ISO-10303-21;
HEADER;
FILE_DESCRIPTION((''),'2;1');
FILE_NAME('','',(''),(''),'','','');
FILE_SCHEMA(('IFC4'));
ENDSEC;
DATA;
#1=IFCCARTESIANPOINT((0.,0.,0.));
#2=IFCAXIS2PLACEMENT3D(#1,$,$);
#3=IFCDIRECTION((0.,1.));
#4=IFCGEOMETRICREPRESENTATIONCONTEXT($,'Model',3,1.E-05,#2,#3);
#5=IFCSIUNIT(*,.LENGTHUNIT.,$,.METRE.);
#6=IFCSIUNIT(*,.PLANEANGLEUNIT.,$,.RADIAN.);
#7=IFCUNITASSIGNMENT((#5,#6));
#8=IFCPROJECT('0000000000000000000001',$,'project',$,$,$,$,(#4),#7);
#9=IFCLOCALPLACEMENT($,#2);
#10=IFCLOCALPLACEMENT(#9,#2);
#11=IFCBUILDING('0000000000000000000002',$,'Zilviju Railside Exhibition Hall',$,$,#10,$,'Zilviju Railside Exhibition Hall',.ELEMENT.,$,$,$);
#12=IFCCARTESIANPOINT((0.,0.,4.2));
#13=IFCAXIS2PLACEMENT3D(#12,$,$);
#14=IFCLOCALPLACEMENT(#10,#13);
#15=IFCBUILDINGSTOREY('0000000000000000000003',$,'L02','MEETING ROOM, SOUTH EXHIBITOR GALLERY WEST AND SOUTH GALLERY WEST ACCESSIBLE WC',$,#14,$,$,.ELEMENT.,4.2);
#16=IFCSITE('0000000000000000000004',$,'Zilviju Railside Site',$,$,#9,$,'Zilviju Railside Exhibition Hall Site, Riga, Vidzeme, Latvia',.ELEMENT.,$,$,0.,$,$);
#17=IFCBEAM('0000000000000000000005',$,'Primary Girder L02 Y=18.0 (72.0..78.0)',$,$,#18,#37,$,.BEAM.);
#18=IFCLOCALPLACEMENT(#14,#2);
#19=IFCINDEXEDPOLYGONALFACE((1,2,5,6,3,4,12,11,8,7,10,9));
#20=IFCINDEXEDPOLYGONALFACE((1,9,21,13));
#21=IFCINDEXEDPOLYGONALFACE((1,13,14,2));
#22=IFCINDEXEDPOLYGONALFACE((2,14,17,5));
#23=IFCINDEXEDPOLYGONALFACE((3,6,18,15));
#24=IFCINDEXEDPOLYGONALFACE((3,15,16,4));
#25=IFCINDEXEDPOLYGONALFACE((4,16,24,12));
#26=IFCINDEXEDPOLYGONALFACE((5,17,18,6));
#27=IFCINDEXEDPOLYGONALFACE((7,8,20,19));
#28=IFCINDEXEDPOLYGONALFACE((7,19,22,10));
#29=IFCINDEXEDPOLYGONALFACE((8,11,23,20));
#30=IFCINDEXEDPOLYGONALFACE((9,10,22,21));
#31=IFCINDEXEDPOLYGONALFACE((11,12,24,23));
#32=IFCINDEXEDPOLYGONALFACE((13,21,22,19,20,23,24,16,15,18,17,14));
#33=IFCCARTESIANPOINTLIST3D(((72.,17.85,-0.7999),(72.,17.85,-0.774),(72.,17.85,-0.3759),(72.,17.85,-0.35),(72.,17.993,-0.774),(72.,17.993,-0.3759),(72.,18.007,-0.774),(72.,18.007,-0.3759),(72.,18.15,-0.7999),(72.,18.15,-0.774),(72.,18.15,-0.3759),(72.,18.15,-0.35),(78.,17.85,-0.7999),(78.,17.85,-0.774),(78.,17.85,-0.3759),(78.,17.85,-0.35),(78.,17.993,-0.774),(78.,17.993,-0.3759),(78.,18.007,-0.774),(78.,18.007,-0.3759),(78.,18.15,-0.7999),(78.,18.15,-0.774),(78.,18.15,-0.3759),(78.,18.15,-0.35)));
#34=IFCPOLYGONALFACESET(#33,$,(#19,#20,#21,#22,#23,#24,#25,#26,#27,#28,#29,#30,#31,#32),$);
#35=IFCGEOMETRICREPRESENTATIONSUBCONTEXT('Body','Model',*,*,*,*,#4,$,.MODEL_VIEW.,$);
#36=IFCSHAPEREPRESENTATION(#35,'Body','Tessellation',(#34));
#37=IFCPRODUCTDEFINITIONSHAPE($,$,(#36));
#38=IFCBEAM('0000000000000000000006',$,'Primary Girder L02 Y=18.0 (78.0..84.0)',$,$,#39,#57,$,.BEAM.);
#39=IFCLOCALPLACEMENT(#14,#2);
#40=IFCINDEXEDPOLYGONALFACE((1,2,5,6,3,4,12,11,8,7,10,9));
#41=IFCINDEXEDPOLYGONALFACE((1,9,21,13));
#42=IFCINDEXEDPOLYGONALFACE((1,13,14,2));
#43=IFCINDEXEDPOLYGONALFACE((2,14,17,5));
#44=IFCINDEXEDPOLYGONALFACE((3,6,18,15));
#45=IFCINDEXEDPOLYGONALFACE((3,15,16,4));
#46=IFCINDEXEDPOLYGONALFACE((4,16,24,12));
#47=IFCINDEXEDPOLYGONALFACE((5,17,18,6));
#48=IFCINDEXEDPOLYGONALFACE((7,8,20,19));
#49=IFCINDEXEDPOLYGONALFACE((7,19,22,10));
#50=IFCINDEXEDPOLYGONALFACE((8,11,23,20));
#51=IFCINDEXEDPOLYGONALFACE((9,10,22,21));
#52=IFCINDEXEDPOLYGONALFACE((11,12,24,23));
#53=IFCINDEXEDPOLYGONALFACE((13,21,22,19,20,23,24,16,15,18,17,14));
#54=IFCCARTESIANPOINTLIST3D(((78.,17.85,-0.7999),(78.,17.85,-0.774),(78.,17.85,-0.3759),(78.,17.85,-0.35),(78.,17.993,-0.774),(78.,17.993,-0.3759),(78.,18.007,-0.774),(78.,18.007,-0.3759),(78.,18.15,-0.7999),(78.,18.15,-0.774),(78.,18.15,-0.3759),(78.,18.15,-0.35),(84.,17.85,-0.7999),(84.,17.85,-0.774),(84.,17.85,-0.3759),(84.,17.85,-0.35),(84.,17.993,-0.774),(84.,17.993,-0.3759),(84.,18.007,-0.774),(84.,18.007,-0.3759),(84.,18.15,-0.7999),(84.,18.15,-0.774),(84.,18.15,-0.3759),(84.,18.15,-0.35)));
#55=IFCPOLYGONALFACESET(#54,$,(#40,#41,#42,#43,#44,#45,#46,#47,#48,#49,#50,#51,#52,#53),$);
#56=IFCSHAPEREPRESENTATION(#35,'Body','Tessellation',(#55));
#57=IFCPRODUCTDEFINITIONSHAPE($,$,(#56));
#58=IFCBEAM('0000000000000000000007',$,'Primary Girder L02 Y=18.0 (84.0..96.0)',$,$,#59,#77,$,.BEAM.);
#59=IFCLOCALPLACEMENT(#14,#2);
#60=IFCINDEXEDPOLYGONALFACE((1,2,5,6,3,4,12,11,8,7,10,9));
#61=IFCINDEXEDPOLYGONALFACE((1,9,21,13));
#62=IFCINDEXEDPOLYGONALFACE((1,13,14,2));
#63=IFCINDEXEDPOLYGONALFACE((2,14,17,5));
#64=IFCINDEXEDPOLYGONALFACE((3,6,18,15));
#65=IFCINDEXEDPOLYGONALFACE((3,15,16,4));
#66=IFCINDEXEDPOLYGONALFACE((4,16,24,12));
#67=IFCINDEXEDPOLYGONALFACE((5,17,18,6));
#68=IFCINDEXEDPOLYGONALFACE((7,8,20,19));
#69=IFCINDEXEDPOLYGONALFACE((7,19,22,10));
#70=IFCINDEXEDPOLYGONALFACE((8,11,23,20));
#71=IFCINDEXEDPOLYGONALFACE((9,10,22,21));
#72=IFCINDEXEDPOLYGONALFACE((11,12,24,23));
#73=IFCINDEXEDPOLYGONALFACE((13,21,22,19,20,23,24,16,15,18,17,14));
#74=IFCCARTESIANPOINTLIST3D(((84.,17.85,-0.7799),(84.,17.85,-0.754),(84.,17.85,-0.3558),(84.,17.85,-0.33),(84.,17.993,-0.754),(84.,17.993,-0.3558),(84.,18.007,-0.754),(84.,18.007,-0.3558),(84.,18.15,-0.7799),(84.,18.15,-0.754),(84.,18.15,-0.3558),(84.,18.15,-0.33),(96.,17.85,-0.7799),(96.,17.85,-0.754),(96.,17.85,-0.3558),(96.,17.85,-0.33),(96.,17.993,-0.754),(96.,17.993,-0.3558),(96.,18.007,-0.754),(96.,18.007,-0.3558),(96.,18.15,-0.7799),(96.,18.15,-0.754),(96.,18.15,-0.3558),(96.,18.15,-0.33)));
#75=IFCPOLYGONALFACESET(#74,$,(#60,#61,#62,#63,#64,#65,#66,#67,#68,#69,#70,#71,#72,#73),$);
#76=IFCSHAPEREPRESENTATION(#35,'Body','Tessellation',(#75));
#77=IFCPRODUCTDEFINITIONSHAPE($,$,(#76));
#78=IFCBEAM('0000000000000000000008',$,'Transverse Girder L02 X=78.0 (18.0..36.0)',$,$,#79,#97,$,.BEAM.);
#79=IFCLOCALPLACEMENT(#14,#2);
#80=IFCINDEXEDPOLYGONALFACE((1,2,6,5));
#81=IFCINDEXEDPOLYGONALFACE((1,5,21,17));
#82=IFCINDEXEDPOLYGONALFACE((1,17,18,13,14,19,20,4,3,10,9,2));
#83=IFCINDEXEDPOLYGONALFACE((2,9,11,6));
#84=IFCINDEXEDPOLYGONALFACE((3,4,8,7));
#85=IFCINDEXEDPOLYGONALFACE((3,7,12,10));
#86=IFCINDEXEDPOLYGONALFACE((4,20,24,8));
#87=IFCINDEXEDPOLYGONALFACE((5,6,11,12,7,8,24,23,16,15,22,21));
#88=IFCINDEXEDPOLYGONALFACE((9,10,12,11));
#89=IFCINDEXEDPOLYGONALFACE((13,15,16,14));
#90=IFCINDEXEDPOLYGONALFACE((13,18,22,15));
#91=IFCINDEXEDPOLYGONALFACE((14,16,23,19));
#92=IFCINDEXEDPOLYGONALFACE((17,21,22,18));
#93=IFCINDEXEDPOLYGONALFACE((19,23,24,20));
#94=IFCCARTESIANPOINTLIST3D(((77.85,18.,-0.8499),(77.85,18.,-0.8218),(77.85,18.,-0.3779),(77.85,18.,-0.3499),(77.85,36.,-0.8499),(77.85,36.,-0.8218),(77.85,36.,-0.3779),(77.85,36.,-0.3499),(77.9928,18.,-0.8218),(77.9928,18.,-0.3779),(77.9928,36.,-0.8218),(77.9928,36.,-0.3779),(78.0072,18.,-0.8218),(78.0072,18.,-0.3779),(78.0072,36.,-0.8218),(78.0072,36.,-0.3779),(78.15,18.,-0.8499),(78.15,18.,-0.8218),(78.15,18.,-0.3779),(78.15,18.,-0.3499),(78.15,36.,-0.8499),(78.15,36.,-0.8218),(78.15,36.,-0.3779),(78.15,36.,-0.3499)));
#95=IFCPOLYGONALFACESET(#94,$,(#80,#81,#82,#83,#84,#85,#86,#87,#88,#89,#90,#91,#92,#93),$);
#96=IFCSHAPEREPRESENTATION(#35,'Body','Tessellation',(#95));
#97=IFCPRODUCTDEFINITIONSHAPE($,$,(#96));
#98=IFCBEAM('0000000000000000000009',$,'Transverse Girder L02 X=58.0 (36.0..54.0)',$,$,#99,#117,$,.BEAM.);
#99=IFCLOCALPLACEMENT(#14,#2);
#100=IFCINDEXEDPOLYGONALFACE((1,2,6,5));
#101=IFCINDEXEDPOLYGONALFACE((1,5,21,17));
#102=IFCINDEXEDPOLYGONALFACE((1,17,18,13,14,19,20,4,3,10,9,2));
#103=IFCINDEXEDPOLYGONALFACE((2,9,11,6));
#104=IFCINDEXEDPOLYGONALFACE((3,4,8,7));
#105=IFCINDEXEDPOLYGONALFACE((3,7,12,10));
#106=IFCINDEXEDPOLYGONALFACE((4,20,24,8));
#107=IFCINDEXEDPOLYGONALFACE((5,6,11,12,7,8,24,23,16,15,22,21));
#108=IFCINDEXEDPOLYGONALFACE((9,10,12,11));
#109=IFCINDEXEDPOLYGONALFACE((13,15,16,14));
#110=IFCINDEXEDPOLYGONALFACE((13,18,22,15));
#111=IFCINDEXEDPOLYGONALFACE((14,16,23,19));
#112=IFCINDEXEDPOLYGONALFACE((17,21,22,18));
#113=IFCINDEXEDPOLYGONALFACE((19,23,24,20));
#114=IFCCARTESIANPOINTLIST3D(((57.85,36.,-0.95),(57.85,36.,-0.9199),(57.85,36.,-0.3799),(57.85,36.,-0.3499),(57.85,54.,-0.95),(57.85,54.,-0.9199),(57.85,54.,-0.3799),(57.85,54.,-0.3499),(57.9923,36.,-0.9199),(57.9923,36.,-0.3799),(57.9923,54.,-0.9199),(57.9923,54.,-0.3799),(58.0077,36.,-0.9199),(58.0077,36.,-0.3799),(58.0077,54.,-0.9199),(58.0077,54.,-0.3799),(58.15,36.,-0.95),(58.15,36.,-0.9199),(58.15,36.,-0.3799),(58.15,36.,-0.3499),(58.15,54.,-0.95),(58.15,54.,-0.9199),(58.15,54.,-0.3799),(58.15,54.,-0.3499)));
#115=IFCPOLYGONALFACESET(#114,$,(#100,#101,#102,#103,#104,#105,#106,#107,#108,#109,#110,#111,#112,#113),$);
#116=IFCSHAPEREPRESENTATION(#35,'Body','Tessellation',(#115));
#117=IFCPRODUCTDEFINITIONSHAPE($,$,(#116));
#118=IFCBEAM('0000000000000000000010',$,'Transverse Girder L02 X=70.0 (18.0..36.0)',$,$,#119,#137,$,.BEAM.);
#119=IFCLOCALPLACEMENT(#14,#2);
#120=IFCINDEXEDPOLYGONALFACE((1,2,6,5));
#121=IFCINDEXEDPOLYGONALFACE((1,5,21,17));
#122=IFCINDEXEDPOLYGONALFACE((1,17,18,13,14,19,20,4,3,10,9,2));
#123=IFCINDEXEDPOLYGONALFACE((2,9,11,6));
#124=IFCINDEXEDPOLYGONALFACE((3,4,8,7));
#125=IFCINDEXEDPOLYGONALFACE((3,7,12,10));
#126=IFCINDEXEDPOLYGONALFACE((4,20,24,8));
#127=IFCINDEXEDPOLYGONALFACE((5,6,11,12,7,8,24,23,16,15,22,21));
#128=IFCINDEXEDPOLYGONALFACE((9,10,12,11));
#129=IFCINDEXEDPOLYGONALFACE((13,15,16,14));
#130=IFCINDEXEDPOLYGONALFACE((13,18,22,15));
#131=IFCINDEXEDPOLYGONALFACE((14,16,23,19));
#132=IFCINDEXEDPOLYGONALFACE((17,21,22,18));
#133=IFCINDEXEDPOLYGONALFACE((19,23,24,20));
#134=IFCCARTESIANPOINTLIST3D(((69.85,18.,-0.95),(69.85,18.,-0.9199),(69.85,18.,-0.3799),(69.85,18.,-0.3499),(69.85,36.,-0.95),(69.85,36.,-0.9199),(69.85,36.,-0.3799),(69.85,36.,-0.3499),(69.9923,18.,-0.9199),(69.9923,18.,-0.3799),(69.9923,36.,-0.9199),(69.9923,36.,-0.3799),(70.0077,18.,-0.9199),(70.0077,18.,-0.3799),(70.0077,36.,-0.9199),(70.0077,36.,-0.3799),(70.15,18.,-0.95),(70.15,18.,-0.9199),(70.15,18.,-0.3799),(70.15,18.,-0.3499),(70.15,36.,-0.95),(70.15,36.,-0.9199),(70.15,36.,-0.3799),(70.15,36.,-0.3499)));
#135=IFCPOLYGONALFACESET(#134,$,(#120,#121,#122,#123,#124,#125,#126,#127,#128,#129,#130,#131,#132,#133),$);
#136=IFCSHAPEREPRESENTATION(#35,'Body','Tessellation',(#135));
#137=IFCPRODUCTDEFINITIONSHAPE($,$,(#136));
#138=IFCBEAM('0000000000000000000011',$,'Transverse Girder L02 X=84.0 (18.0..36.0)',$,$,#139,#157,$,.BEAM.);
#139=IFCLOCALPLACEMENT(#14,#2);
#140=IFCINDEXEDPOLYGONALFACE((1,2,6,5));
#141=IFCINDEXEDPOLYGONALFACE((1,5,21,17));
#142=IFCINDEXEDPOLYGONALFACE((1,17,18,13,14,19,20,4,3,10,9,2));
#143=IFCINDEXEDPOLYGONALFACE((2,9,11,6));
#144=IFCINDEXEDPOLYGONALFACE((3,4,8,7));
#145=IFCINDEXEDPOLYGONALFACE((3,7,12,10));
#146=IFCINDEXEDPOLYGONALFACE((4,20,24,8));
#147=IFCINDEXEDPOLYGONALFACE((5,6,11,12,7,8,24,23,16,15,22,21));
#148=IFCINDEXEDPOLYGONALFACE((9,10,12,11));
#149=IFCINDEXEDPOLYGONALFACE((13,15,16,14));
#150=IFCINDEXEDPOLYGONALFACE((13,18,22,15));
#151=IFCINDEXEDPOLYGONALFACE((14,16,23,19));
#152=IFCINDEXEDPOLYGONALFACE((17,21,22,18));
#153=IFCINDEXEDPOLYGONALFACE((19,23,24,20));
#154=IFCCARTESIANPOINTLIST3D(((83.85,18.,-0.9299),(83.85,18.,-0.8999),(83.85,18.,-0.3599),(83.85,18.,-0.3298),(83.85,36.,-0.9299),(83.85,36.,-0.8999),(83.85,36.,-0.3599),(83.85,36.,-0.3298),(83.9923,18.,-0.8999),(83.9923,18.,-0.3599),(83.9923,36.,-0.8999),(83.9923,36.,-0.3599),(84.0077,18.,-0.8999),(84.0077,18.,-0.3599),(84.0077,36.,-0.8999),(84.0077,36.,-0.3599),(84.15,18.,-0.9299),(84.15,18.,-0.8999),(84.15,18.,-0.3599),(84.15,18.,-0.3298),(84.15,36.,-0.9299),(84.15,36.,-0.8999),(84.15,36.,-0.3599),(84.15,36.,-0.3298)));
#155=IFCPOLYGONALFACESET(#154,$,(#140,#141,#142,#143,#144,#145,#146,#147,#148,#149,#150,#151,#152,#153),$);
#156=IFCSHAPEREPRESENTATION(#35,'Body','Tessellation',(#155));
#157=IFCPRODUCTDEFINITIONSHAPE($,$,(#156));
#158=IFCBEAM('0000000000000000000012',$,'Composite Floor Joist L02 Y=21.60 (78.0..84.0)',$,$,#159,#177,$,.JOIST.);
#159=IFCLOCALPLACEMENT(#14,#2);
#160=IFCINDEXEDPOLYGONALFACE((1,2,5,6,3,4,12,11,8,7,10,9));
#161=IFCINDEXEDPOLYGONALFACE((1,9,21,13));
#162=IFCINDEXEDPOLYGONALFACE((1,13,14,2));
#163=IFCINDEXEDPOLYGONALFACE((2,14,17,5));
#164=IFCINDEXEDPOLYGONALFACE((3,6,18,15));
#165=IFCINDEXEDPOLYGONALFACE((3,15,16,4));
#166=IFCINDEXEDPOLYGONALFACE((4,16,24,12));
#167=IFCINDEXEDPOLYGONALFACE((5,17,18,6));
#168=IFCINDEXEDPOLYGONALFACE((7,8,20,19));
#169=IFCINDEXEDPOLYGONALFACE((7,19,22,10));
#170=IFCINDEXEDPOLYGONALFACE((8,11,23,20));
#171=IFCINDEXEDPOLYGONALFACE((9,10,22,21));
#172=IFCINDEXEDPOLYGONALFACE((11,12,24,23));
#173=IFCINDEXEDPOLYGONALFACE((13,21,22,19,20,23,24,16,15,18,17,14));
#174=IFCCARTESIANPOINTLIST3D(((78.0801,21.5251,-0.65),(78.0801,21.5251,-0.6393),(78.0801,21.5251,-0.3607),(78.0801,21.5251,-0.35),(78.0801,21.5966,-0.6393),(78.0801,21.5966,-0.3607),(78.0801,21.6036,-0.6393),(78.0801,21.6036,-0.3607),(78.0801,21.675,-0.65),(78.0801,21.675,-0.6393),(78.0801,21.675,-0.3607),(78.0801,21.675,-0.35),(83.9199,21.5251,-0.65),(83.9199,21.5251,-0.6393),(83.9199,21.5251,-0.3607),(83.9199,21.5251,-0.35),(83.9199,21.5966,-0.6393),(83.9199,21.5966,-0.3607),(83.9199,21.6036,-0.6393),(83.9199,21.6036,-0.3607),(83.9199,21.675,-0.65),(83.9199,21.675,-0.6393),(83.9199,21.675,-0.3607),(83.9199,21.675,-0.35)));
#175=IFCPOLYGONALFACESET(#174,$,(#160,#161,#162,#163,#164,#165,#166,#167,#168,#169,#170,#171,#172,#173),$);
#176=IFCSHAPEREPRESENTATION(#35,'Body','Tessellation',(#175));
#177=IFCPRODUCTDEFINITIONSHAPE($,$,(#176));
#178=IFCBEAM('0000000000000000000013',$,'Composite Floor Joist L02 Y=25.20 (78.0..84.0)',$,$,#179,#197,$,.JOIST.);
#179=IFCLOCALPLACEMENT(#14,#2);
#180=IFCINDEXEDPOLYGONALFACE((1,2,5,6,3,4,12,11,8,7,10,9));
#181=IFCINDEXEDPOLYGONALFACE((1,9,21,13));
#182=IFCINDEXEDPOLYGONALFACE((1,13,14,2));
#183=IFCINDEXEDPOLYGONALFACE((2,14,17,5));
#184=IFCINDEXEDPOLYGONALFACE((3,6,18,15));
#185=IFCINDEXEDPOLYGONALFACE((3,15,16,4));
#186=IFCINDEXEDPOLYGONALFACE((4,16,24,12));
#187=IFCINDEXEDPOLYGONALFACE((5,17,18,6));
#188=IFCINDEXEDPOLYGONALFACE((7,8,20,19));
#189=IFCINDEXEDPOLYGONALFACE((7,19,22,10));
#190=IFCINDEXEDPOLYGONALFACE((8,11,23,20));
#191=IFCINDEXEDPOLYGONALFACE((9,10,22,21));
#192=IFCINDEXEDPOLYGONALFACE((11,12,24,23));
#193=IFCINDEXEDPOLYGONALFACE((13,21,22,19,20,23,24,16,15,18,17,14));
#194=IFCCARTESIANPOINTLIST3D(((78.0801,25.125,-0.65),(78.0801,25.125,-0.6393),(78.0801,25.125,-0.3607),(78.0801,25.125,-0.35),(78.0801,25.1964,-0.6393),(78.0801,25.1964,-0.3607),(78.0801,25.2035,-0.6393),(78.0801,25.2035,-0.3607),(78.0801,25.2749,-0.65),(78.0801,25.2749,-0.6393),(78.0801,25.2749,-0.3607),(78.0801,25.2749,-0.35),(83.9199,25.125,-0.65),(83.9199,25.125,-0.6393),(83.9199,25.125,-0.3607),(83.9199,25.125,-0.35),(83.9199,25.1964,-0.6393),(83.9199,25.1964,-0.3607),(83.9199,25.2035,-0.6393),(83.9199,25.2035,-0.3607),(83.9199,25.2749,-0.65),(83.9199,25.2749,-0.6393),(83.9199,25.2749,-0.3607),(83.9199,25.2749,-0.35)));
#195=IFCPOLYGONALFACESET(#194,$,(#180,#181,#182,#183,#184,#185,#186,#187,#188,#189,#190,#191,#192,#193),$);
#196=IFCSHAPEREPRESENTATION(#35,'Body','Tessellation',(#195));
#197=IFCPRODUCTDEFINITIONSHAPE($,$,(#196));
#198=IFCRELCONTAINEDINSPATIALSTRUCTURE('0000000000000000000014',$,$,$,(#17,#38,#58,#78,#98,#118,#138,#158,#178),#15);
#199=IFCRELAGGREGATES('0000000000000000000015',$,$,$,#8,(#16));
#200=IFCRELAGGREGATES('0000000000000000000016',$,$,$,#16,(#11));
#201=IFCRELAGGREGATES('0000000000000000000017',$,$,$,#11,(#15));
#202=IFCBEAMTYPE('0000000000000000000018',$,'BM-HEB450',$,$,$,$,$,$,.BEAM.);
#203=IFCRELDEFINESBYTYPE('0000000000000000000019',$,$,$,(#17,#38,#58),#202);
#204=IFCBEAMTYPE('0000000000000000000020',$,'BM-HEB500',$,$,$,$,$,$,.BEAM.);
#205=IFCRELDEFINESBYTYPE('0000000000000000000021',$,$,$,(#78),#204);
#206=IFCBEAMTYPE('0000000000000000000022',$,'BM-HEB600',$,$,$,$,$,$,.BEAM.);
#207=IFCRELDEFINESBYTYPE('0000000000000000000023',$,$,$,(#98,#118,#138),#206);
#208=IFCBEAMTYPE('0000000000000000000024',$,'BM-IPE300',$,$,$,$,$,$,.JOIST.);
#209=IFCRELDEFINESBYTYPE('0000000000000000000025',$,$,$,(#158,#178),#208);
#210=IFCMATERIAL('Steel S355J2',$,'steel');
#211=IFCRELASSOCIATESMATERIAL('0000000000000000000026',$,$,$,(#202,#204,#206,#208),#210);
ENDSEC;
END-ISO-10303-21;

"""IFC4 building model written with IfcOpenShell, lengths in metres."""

from ifc_helpers import new_model, si_unit, direction, frame, origin, origin_2d, place, context, subcontext, project, spatial, i_section, extrude, material, material_profile, profile_set, type_object, element, save


model = new_model("IFC4")

# Units and contexts
model_context = context("Model", 3, precision=1e-05, world=origin(), true_north=direction((0.0, 1.0)))
body_context = subcontext(model_context, "Body", "Model", "MODEL_VIEW")
ifc_project = project(units=[si_unit("LENGTHUNIT", "METRE"), si_unit("PLANEANGLEUNIT", "RADIAN")], contexts=[model_context])

# Site, building, storey
site_placement = place(None, origin())
site = spatial("IfcSite", under=ifc_project, at=site_placement, Name="Zilviju Railside Site", LongName="Zilviju Railside Exhibition Hall Site, Riga, Vidzeme, Latvia", CompositionType="ELEMENT", RefElevation=0.0)
building_placement = place(site_placement, origin())
building = spatial("IfcBuilding", under=site, at=building_placement, Name="Zilviju Railside Exhibition Hall", LongName="Zilviju Railside Exhibition Hall", CompositionType="ELEMENT")
storey_placement = place(building_placement, frame((0.0, 0.0, 4.2)))
storey = spatial("IfcBuildingStorey", under=building, at=storey_placement, Name="L02", Description="MEETING ROOM, SOUTH EXHIBITOR GALLERY WEST AND SOUTH GALLERY WEST ACCESSIBLE WC", CompositionType="ELEMENT", Elevation=4.2)

# Shared definitions
ifc_material_1 = material(Name="Steel S355J2", Category="steel")

# Beams
ifc_material_profile_1 = material_profile(ifc_material_1, i_section(OverallWidth=0.3, OverallDepth=0.45, WebThickness=0.0139, FlangeThickness=0.0259, at=origin_2d()), Name="HEB 450")
ifc_profile_set_1 = profile_set([ifc_material_profile_1], Name="Steel S355J2")
beam_type_1 = type_object("IfcBeamType", Name="BM-HEB450", PredefinedType="BEAM", material=ifc_profile_set_1)
for number, where, z_axis, x_axis, name in (
    (1, (72.0, 18.0, -0.575), (1.0, 0.0, 0.0), (0.0, 1.0, 0.0), "Primary Girder L02 Y=18.0 (72.0..78.0)"),
    (2, (78.0, 18.0, -0.575), (1.0, 0.0, 0.0), (0.0, 1.0, 0.0), "Primary Girder L02 Y=18.0 (78.0..84.0)"),
):
    element("IfcBeam", number, at=place(storey_placement, frame(where, z_axis=z_axis, x_axis=x_axis)), inside=storey, type_object=beam_type_1, Name=name, PredefinedType="BEAM", context=body_context, shape_type="SweptSolid", body=[
        extrude(i_section(OverallWidth=0.3, OverallDepth=0.45, WebThickness=0.0139, FlangeThickness=0.0259, at=origin_2d()), origin(), (0.0, 0.0, 1.0), 6.0),
    ])
beam_1_placement = place(storey_placement, frame((84.0, 18.0, -0.5549), z_axis=(1.0, 0.0, 0.0), x_axis=(0.0, 1.0, 0.0)))
element("IfcBeam", 3, at=beam_1_placement, inside=storey, type_object=beam_type_1, Name="Primary Girder L02 Y=18.0 (84.0..96.0)", PredefinedType="BEAM", context=body_context, shape_type="SweptSolid", body=[
    extrude(i_section(OverallWidth=0.3, OverallDepth=0.45, WebThickness=0.0139, FlangeThickness=0.0259, at=origin_2d()), origin(), (0.0, 0.0, 1.0), 12.0),
])
ifc_material_profile_2 = material_profile(ifc_material_1, i_section(OverallWidth=0.3, OverallDepth=0.5, WebThickness=0.0144, FlangeThickness=0.0281, at=origin_2d()), Name="HEB 500")
ifc_profile_set_2 = profile_set([ifc_material_profile_2], Name="Steel S355J2")
beam_type_2 = type_object("IfcBeamType", Name="BM-HEB500", PredefinedType="BEAM", material=ifc_profile_set_2)
beam_2_placement = place(storey_placement, frame((78.0, 18.0, -0.5999), z_axis=(0.0, 1.0, 0.0), x_axis=(-1.0, 0.0, 0.0)))
element("IfcBeam", 4, at=beam_2_placement, inside=storey, type_object=beam_type_2, Name="Transverse Girder L02 X=78.0 (18.0..36.0)", PredefinedType="BEAM", context=body_context, shape_type="SweptSolid", body=[
    extrude(i_section(OverallWidth=0.3, OverallDepth=0.5, WebThickness=0.0144, FlangeThickness=0.0281, at=origin_2d()), origin(), (0.0, 0.0, 1.0), 18.0),
])
ifc_material_profile_3 = material_profile(ifc_material_1, i_section(OverallWidth=0.3, OverallDepth=0.6001, WebThickness=0.0154, FlangeThickness=0.03, at=origin_2d()), Name="HEB 600")
ifc_profile_set_3 = profile_set([ifc_material_profile_3], Name="Steel S355J2")
beam_type_3 = type_object("IfcBeamType", Name="BM-HEB600", PredefinedType="BEAM", material=ifc_profile_set_3)
for number, where, z_axis, x_axis, name in (
    (5, (58.0, 36.0, -0.6499), (0.0, 1.0, 0.0), (-1.0, 0.0, 0.0), "Transverse Girder L02 X=58.0 (36.0..54.0)"),
    (6, (70.0, 18.0, -0.6499), (0.0, 1.0, 0.0), (-1.0, 0.0, 0.0), "Transverse Girder L02 X=70.0 (18.0..36.0)"),
    (7, (84.0, 18.0, -0.6299), (0.0, 1.0, 0.0), (-1.0, 0.0, 0.0), "Transverse Girder L02 X=84.0 (18.0..36.0)"),
):
    element("IfcBeam", number, at=place(storey_placement, frame(where, z_axis=z_axis, x_axis=x_axis)), inside=storey, type_object=beam_type_3, Name=name, PredefinedType="BEAM", context=body_context, shape_type="SweptSolid", body=[
        extrude(i_section(OverallWidth=0.3, OverallDepth=0.6001, WebThickness=0.0154, FlangeThickness=0.03, at=origin_2d()), origin(), (0.0, 0.0, 1.0), 18.0),
    ])
ifc_material_profile_4 = material_profile(ifc_material_1, i_section(OverallWidth=0.1499, OverallDepth=0.3, WebThickness=0.0071, FlangeThickness=0.0107, at=origin_2d()), Name="IPE 300")
ifc_profile_set_4 = profile_set([ifc_material_profile_4], Name="Steel S355J2")
beam_type_4 = type_object("IfcBeamType", Name="BM-IPE300", PredefinedType="JOIST", material=ifc_profile_set_4)
for number, where, z_axis, x_axis, name in (
    (8, (78.0801, 21.6001, -0.5), (1.0, 0.0, 0.0), (0.0, 1.0, 0.0), "Composite Floor Joist L02 Y=21.60 (78.0..84.0)"),
    (9, (78.0801, 25.2, -0.5), (1.0, 0.0, 0.0), (0.0, 1.0, 0.0), "Composite Floor Joist L02 Y=25.20 (78.0..84.0)"),
):
    element("IfcBeam", number, at=place(storey_placement, frame(where, z_axis=z_axis, x_axis=x_axis)), inside=storey, type_object=beam_type_4, Name=name, PredefinedType="JOIST", context=body_context, shape_type="SweptSolid", body=[
        extrude(i_section(OverallWidth=0.1499, OverallDepth=0.3, WebThickness=0.0071, FlangeThickness=0.0107, at=origin_2d()), origin(), (0.0, 0.0, 1.0), 5.8398),
    ])

save(model, "model.ifc")
